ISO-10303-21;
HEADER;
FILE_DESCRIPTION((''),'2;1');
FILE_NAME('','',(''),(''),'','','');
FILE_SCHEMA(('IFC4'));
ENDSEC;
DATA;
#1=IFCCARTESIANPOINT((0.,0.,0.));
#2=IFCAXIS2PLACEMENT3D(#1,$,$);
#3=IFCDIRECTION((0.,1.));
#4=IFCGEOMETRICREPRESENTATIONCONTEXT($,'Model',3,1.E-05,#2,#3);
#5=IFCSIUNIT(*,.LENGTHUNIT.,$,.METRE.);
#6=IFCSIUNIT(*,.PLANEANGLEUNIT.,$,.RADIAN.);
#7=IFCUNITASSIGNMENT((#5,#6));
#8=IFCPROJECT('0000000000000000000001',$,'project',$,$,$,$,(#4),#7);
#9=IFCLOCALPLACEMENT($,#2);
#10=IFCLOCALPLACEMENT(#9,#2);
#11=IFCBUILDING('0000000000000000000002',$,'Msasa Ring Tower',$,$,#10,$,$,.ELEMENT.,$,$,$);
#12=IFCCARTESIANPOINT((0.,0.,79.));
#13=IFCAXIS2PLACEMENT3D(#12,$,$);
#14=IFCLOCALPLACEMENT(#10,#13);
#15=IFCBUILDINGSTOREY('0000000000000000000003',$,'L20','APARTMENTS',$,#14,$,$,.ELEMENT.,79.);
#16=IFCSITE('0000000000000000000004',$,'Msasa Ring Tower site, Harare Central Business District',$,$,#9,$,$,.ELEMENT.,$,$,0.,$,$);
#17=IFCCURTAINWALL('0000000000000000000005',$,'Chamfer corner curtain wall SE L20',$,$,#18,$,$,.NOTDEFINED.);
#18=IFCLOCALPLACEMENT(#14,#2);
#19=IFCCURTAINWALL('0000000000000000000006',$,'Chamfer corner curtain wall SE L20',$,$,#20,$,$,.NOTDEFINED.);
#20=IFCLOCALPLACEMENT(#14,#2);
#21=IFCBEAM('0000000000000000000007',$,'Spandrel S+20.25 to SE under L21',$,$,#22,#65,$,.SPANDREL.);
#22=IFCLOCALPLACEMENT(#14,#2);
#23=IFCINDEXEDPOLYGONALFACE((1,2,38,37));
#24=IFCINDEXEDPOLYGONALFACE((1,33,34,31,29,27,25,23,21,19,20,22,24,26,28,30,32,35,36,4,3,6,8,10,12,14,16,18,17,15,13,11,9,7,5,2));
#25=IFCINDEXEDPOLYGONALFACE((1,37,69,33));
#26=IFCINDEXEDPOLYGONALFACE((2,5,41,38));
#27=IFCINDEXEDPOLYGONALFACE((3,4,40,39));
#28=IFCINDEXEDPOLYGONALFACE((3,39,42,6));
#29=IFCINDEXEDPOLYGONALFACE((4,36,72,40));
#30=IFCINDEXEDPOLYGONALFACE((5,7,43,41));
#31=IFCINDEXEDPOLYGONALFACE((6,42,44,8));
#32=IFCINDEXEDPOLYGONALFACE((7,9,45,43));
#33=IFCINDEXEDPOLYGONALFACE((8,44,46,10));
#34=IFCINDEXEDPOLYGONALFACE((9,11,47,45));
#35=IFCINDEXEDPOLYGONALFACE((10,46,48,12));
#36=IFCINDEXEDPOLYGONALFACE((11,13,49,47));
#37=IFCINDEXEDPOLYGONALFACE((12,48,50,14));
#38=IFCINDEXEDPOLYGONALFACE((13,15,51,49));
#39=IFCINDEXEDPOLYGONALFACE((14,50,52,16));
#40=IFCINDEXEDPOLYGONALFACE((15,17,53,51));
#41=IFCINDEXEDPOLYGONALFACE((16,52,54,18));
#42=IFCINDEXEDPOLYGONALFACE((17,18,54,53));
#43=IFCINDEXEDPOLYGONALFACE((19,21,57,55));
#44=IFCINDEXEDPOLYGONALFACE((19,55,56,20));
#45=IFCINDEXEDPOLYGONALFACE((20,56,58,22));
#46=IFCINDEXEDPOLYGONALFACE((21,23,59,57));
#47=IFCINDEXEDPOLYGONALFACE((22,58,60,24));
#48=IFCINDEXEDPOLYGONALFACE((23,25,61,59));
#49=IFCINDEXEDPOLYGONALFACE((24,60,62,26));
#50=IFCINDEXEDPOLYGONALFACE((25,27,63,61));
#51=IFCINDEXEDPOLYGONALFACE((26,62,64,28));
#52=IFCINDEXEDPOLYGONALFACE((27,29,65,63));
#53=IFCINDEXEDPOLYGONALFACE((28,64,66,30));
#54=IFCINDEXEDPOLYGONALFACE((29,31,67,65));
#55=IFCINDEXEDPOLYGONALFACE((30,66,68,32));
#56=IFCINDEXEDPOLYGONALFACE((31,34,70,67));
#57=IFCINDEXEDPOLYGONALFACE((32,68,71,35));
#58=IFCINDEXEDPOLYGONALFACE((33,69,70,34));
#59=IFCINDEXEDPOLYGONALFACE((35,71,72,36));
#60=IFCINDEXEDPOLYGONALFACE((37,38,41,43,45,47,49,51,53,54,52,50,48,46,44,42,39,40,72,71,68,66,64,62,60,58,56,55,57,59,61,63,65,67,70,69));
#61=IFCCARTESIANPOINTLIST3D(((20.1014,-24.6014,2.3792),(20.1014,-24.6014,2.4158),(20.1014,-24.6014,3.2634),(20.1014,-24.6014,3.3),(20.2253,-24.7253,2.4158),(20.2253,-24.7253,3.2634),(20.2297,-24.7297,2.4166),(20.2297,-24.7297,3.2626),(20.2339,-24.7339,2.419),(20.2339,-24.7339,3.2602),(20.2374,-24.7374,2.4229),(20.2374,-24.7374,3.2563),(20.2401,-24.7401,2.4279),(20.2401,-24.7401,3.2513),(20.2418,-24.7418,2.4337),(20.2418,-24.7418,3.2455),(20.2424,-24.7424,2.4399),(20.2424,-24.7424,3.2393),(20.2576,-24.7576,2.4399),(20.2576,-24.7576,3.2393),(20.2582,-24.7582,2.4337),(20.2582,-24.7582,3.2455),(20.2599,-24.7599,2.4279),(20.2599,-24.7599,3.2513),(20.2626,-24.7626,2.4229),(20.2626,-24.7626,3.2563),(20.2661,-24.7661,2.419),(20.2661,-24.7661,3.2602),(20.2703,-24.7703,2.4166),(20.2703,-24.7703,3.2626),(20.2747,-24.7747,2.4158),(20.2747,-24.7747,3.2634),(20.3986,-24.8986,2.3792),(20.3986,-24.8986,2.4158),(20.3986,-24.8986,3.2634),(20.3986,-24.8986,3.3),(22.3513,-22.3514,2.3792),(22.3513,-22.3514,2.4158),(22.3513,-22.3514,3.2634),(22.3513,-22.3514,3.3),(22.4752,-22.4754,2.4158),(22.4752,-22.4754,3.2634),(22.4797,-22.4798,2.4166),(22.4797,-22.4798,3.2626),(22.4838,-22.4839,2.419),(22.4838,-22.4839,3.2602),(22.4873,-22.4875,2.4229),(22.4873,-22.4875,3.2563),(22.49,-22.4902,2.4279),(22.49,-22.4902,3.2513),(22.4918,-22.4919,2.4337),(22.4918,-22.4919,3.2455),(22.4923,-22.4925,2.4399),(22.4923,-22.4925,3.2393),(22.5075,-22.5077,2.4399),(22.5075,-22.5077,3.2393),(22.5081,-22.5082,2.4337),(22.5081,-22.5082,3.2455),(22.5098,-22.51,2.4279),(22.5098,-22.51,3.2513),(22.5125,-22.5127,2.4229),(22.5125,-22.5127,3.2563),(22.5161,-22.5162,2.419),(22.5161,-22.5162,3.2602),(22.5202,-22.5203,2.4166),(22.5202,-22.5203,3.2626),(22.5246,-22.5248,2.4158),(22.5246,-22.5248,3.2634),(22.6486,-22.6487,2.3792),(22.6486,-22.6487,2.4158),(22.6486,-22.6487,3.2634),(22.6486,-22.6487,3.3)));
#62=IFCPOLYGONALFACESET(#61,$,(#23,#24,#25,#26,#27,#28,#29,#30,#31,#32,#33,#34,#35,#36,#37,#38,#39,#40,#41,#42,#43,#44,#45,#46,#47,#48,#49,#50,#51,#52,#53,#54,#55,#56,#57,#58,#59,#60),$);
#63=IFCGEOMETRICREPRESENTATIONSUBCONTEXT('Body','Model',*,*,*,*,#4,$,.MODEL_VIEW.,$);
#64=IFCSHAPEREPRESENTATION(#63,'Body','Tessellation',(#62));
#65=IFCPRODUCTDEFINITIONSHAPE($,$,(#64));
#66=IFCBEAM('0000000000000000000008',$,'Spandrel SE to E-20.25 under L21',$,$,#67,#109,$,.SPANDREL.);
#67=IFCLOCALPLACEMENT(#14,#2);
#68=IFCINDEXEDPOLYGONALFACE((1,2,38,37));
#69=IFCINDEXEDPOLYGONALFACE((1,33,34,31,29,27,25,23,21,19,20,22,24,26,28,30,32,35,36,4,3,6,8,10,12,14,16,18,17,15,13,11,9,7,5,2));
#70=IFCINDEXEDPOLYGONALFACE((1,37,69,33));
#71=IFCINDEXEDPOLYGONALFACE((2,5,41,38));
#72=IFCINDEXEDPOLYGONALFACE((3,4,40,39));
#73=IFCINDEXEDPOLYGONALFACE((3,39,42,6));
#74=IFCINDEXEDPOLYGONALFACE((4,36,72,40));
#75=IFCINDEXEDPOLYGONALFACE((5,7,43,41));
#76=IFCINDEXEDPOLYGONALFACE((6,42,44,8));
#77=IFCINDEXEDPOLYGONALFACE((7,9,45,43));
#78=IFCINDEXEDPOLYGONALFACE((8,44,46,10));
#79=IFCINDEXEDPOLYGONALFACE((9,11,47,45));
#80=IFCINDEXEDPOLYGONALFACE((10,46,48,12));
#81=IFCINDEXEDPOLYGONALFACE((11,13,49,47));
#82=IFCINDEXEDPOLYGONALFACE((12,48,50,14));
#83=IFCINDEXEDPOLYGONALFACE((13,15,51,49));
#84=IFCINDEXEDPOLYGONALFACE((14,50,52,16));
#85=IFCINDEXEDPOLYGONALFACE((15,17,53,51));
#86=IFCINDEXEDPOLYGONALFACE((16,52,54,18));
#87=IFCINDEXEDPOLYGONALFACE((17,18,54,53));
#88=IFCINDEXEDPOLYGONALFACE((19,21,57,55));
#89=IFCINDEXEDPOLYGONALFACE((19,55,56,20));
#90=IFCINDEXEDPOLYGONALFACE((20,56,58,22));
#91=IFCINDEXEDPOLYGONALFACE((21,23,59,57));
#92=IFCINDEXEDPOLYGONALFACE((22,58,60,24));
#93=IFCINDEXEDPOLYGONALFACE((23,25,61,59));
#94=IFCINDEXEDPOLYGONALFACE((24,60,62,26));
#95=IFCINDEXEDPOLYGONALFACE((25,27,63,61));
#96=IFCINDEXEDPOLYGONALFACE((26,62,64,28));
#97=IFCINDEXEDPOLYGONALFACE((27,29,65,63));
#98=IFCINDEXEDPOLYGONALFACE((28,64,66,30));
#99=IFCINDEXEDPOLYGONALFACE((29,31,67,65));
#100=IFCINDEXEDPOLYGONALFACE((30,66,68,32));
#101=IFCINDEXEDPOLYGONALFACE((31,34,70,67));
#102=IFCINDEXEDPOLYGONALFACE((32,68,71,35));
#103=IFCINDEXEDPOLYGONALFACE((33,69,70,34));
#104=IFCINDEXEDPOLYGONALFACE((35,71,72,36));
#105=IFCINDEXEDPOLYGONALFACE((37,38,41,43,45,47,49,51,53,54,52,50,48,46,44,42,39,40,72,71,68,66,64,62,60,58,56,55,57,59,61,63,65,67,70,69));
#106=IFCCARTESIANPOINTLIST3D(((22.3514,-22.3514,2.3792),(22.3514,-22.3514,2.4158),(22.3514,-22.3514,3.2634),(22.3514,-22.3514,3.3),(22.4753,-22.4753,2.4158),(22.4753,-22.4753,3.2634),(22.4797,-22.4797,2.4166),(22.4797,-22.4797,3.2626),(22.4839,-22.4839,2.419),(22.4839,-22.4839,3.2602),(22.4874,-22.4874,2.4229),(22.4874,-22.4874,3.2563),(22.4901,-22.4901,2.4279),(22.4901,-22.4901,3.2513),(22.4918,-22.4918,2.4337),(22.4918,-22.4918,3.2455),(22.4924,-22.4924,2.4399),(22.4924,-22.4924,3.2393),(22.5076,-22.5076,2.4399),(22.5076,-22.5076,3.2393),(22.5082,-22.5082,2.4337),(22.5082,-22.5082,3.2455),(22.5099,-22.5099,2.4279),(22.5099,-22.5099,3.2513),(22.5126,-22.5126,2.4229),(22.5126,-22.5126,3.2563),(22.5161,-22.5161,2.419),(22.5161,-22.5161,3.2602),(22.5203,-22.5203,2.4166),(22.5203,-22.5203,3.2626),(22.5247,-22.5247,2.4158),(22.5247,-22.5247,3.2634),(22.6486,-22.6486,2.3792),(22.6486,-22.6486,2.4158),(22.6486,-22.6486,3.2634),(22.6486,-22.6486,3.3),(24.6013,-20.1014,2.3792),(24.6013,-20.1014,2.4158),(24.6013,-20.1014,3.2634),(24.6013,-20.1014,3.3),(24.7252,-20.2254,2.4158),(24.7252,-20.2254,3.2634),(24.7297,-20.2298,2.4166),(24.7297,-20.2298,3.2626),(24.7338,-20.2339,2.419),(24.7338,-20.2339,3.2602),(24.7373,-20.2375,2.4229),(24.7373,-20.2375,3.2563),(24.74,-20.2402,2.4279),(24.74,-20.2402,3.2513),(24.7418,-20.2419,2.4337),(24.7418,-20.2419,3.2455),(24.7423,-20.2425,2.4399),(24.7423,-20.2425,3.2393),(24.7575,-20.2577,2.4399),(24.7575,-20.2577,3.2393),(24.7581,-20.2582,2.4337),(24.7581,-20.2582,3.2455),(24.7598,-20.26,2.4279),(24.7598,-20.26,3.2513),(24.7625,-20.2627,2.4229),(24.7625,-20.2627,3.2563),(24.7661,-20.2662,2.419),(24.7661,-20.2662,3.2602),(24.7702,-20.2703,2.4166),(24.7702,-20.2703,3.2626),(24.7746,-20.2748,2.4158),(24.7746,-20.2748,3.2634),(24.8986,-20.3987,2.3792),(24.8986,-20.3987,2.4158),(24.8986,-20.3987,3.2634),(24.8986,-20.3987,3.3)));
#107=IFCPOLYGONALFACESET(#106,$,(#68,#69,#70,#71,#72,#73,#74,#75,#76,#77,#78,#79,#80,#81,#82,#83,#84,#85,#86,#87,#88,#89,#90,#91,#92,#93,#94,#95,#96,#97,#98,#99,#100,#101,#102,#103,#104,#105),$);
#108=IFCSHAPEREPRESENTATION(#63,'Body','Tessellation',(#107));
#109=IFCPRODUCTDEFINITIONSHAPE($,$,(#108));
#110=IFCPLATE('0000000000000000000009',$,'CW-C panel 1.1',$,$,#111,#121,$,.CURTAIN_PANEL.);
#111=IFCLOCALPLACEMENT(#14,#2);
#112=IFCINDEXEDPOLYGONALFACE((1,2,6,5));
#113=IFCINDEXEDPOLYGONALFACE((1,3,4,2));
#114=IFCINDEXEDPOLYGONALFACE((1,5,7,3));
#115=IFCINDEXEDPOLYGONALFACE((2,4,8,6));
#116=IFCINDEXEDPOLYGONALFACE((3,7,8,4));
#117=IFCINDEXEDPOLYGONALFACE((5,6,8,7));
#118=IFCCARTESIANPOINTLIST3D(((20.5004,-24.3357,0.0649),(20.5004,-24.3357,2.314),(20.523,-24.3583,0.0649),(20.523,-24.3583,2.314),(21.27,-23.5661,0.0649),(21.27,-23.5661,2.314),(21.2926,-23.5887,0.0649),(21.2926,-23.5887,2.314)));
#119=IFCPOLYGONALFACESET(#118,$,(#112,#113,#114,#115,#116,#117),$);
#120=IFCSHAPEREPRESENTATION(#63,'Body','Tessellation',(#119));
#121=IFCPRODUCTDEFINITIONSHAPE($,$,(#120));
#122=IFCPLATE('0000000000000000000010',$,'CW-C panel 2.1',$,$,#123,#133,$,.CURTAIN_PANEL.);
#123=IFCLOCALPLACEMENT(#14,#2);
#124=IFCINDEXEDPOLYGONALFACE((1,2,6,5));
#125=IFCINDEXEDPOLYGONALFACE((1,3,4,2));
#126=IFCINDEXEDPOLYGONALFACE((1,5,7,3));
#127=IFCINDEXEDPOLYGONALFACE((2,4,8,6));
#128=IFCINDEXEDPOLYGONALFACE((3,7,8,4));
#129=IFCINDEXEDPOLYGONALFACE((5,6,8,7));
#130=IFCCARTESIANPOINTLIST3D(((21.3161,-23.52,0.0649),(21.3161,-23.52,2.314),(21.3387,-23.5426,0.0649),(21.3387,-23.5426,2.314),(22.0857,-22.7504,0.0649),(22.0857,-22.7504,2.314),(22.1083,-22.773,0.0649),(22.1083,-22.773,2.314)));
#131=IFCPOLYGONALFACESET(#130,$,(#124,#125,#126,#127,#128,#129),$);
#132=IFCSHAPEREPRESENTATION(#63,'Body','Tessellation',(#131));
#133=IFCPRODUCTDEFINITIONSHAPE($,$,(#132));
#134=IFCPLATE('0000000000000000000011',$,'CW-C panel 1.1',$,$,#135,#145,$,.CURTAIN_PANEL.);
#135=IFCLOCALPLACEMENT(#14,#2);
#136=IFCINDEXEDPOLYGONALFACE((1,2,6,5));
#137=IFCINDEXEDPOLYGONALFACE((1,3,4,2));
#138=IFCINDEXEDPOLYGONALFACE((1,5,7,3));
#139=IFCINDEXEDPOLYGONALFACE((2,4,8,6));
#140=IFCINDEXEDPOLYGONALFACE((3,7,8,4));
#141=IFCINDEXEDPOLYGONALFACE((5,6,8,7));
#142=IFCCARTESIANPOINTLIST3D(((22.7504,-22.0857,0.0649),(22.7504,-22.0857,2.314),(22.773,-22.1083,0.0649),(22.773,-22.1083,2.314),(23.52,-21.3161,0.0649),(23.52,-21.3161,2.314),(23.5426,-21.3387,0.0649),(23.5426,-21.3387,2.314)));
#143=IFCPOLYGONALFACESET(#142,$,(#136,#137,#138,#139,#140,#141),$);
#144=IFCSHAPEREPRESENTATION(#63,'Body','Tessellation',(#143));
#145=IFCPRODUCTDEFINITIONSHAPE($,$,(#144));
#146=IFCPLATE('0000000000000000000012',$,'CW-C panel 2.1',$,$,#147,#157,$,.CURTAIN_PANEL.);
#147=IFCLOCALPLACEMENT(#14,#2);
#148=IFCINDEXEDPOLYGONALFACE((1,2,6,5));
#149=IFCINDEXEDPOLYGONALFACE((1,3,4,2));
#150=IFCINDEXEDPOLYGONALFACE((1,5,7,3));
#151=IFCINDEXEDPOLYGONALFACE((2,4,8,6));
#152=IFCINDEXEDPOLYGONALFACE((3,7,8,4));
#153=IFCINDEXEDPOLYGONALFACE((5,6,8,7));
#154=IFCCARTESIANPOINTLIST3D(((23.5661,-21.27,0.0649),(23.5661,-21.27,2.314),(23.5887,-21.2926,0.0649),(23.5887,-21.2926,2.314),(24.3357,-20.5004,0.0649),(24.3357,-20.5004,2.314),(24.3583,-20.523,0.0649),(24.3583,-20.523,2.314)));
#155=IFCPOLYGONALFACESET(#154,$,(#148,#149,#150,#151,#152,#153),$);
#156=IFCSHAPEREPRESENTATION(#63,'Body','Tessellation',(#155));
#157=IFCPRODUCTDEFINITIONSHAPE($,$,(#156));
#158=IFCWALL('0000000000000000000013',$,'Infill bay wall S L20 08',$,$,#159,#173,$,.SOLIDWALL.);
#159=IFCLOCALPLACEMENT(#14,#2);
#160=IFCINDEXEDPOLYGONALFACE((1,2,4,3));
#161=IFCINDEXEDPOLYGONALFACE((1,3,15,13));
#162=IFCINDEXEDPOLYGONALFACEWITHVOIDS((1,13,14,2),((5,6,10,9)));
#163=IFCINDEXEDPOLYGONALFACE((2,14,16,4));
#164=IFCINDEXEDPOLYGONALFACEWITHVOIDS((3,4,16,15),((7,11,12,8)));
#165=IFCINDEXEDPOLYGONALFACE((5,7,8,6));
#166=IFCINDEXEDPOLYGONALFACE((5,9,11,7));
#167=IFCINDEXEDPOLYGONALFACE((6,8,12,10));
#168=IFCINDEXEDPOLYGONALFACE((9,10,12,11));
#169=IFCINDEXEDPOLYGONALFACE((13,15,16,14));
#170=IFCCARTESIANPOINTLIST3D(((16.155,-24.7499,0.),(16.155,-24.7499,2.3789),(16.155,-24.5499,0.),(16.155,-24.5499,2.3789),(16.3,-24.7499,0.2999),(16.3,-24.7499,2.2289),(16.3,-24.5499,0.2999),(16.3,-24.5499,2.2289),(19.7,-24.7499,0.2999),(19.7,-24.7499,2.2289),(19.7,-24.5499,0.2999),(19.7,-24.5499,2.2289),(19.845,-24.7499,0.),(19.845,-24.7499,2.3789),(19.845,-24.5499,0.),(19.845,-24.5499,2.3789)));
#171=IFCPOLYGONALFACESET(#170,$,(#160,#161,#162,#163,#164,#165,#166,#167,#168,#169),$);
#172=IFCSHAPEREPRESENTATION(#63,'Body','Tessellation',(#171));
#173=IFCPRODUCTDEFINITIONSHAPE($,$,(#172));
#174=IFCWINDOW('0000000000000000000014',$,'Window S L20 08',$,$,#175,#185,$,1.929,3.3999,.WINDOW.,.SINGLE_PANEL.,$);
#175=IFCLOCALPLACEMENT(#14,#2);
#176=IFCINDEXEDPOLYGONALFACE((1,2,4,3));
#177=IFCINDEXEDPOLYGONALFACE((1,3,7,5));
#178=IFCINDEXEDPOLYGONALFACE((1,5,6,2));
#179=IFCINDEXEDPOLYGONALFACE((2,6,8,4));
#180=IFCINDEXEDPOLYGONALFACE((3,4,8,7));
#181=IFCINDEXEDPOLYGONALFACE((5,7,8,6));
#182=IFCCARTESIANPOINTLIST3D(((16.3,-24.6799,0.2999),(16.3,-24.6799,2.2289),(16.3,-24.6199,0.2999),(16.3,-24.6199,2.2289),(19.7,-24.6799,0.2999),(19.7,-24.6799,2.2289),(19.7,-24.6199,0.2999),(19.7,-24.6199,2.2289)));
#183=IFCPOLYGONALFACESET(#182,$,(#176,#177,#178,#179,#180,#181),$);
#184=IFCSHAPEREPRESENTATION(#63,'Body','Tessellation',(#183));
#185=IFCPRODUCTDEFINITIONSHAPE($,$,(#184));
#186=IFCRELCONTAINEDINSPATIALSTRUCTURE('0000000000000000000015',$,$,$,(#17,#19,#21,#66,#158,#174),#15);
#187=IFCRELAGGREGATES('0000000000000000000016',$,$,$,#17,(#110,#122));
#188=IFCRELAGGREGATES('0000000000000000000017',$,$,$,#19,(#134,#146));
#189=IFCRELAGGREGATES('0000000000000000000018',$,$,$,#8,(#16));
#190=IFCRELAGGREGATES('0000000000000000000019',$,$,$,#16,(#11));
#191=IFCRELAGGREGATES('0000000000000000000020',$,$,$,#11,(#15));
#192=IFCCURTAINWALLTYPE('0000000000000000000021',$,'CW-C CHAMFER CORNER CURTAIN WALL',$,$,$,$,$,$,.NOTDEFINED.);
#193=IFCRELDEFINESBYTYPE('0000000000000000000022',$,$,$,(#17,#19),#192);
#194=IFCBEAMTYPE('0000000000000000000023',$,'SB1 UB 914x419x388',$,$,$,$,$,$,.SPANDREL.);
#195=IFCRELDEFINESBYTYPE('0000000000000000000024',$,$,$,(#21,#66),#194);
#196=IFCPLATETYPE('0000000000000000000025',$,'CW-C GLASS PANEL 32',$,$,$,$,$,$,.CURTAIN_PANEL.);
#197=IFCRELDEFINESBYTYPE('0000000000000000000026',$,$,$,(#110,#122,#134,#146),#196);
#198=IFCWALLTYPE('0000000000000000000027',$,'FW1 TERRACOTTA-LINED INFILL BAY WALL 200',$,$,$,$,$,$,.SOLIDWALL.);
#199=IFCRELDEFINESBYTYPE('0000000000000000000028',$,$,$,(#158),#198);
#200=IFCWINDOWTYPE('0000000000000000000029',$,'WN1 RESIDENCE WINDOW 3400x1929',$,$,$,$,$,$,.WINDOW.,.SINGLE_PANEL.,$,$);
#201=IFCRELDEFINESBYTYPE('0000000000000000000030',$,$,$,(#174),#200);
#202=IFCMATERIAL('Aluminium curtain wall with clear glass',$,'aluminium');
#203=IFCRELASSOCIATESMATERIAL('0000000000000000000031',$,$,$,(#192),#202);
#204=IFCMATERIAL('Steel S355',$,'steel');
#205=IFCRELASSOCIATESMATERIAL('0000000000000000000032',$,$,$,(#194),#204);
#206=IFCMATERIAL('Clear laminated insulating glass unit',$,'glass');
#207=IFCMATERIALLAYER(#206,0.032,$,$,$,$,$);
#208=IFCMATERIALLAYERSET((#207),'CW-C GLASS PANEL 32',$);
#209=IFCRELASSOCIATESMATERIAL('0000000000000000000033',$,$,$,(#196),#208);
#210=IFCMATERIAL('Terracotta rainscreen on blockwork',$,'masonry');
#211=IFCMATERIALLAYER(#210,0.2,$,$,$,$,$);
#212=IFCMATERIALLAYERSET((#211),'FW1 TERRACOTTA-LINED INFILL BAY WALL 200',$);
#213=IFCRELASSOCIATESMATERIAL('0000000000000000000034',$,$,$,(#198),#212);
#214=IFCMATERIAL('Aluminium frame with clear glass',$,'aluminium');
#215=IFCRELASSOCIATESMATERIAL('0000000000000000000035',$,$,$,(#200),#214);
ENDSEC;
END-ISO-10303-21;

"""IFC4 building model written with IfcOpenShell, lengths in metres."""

from ifc_helpers import new_model, si_unit, direction, frame, frame_2d, origin, origin_2d, place, context, subcontext, project, spatial, rectangle, i_section, extrude, material, layer, layer_set, material_profile, profile_set, type_object, element, fill, aggregate, save


model = new_model("IFC4")

# Units and contexts
model_context = context("Model", 3, precision=1e-05, world=origin(), true_north=direction((0.0, 1.0)))
body_context = subcontext(model_context, "Body", "Model", "MODEL_VIEW")
ifc_project = project(units=[si_unit("LENGTHUNIT", "METRE"), si_unit("PLANEANGLEUNIT", "RADIAN")], contexts=[model_context])

# Site, building, storey
site_placement = place(None, origin())
site = spatial("IfcSite", under=ifc_project, at=site_placement, Name="Msasa Ring Tower site, Harare Central Business District", CompositionType="ELEMENT", RefElevation=0.0)
building_placement = place(site_placement, origin())
building = spatial("IfcBuilding", under=site, at=building_placement, Name="Msasa Ring Tower", CompositionType="ELEMENT")
storey_placement = place(building_placement, frame((0.0, 0.0, 79.0)))
storey = spatial("IfcBuildingStorey", under=building, at=storey_placement, Name="L20", Description="APARTMENTS", CompositionType="ELEMENT", Elevation=79.0)

# Curtain walls
ifc_material_1 = material(Name="Aluminium curtain wall with clear glass", Category="aluminium")
curtain_wall_type = type_object("IfcCurtainWallType", Name="CW-C CHAMFER CORNER CURTAIN WALL", PredefinedType="NOTDEFINED", material=ifc_material_1)
curtain_wall_1_placement = place(storey_placement, origin())
curtain_wall_1 = element("IfcCurtainWall", 1, at=curtain_wall_1_placement, inside=storey, type_object=curtain_wall_type, Name="Chamfer corner curtain wall SE L20", PredefinedType="NOTDEFINED")
curtain_wall_2_placement = place(storey_placement, origin())
curtain_wall_2 = element("IfcCurtainWall", 2, at=curtain_wall_2_placement, inside=storey, type_object=curtain_wall_type, Name="Chamfer corner curtain wall SE L20", PredefinedType="NOTDEFINED")

# Beams
ifc_material_2 = material(Name="Steel S355", Category="steel")
ifc_material_profile_1 = material_profile(ifc_material_2, i_section(OverallWidth=0.4204, OverallDepth=0.9209, WebThickness=0.0215, FlangeThickness=0.0366, FilletRadius=0.0242, at=origin_2d()), Name="UB 914x419x388")
ifc_profile_set_1 = profile_set([ifc_material_profile_1], Name="Steel S355")
beam_type_1 = type_object("IfcBeamType", Name="SB1 UB 914x419x388", PredefinedType="SPANDREL", material=ifc_profile_set_1)
for number, where, z_axis, x_axis, name in (
    (3, (20.25, -24.75, 2.8396), (0.707107, 0.707107, 0.0), (-0.707107, 0.707107, 0.0), "Spandrel S+20.25 to SE under L21"),
    (4, (22.5, -22.5, 2.8396), (0.707107, 0.707107, 0.0), (-0.707107, 0.707107, 0.0), "Spandrel SE to E-20.25 under L21"),
):
    element("IfcBeam", number, at=place(storey_placement, frame(where, z_axis=z_axis, x_axis=x_axis)), inside=storey, type_object=beam_type_1, Name=name, PredefinedType="SPANDREL", context=body_context, shape_type="SweptSolid", body=[
        extrude(i_section(OverallWidth=0.4204, OverallDepth=0.9209, WebThickness=0.0215, FlangeThickness=0.0366, FilletRadius=0.0242, at=origin_2d()), origin(), (0.0, 0.0, 1.0), 3.1819),
    ])

# Plates
ifc_material_3 = material(Name="Clear laminated insulating glass unit", Category="glass")
ifc_layer_1 = layer(ifc_material_3, 0.032)
ifc_layer_set_1 = layer_set([ifc_layer_1], Name="CW-C GLASS PANEL 32")
plate_type = type_object("IfcPlateType", Name="CW-C GLASS PANEL 32", PredefinedType="CURTAIN_PANEL", material=ifc_layer_set_1)
plate_1_placement = place(storey_placement, frame((20.8965, -23.9622, 0.0649), z_axis=(0.0, 0.0, 1.0), x_axis=(0.707107, 0.707107, 0.0)))
plate_1 = element("IfcPlate", 5, at=plate_1_placement, type_object=plate_type, Name="CW-C panel 1.1", PredefinedType="CURTAIN_PANEL", context=body_context, shape_type="SweptSolid", body=[
    extrude(rectangle(XDim=1.0884, YDim=0.032, at=origin_2d()), origin(), (0.0, 0.0, 1.0), 2.249),
])
plate_2_placement = place(storey_placement, frame((21.7122, -23.1465, 0.0649), z_axis=(0.0, 0.0, 1.0), x_axis=(0.707107, 0.707107, 0.0)))
plate_2 = element("IfcPlate", 6, at=plate_2_placement, type_object=plate_type, Name="CW-C panel 2.1", PredefinedType="CURTAIN_PANEL", context=body_context, shape_type="SweptSolid", body=[
    extrude(rectangle(XDim=1.0884, YDim=0.032, at=origin_2d()), origin(), (0.0, 0.0, 1.0), 2.249),
])
aggregate(curtain_wall_1, [plate_1, plate_2])
plate_3_placement = place(storey_placement, frame((23.1465, -21.7122, 0.0649), z_axis=(0.0, 0.0, 1.0), x_axis=(0.707107, 0.707107, 0.0)))
plate_3 = element("IfcPlate", 7, at=plate_3_placement, type_object=plate_type, Name="CW-C panel 1.1", PredefinedType="CURTAIN_PANEL", context=body_context, shape_type="SweptSolid", body=[
    extrude(rectangle(XDim=1.0884, YDim=0.032, at=origin_2d()), origin(), (0.0, 0.0, 1.0), 2.249),
])
plate_4_placement = place(storey_placement, frame((23.9622, -20.8965, 0.0649), z_axis=(0.0, 0.0, 1.0), x_axis=(0.707107, 0.707107, 0.0)))
plate_4 = element("IfcPlate", 8, at=plate_4_placement, type_object=plate_type, Name="CW-C panel 2.1", PredefinedType="CURTAIN_PANEL", context=body_context, shape_type="SweptSolid", body=[
    extrude(rectangle(XDim=1.0884, YDim=0.032, at=origin_2d()), origin(), (0.0, 0.0, 1.0), 2.249),
])
aggregate(curtain_wall_2, [plate_3, plate_4])

# Wall, opening, window
ifc_material_4 = material(Name="Terracotta rainscreen on blockwork", Category="masonry")
ifc_layer_2 = layer(ifc_material_4, 0.2)
ifc_layer_set_2 = layer_set([ifc_layer_2], Name="FW1 TERRACOTTA-LINED INFILL BAY WALL 200")
wall_type_1 = type_object("IfcWallType", Name="FW1 TERRACOTTA-LINED INFILL BAY WALL 200", PredefinedType="SOLIDWALL", material=ifc_layer_set_2)
wall_placement = place(storey_placement, frame((16.155, -24.6499, 0.0), z_axis=(0.0, 0.0, 1.0), x_axis=(1.0, 0.0, 0.0)))
wall = element("IfcWall", 9, at=wall_placement, inside=storey, type_object=wall_type_1, Name="Infill bay wall S L20 08", PredefinedType="SOLIDWALL", context=body_context, shape_type="SweptSolid", body=[
    extrude(rectangle(XDim=3.6899, YDim=0.2, at=frame_2d((1.845, 0.0))), origin(), (0.0, 0.0, 1.0), 2.3789),
])
opening_placement = place(wall_placement, frame((0.145, 0.0, 0.3)))
opening = element("IfcOpeningElement", 10, at=opening_placement, cuts=wall, PredefinedType="OPENING", context=body_context, shape_type="SweptSolid", body=[
    extrude(rectangle(XDim=3.3999, YDim=1.929, at=frame_2d((1.7, 0.9644))), frame((0.0, 0.1099, 0.0), z_axis=(0.0, -1.0, 0.0), x_axis=(1.0, 0.0, 0.0)), (0.0, 0.0, 1.0), 0.22),
])
ifc_material_5 = material(Name="Aluminium frame with clear glass", Category="aluminium")
window_type = type_object("IfcWindowType", Name="WN1 RESIDENCE WINDOW 3400x1929", PartitioningType="SINGLE_PANEL", PredefinedType="WINDOW", material=ifc_material_5)
window_placement = place(opening_placement, origin())
window = element("IfcWindow", 11, at=window_placement, inside=storey, type_object=window_type, Name="Window S L20 08", OverallHeight=1.929, OverallWidth=3.3999, PartitioningType="SINGLE_PANEL", PredefinedType="WINDOW", context=body_context, shape_type="SweptSolid", body=[
    extrude(rectangle(XDim=3.3999, YDim=1.929, at=frame_2d((1.7, 0.9644))), frame((0.0, 0.03, 0.0), z_axis=(0.0, -1.0, 0.0), x_axis=(1.0, 0.0, 0.0)), (0.0, 0.0, 1.0), 0.0601),
])
fill(opening, window)

save(model, "model.ifc")
